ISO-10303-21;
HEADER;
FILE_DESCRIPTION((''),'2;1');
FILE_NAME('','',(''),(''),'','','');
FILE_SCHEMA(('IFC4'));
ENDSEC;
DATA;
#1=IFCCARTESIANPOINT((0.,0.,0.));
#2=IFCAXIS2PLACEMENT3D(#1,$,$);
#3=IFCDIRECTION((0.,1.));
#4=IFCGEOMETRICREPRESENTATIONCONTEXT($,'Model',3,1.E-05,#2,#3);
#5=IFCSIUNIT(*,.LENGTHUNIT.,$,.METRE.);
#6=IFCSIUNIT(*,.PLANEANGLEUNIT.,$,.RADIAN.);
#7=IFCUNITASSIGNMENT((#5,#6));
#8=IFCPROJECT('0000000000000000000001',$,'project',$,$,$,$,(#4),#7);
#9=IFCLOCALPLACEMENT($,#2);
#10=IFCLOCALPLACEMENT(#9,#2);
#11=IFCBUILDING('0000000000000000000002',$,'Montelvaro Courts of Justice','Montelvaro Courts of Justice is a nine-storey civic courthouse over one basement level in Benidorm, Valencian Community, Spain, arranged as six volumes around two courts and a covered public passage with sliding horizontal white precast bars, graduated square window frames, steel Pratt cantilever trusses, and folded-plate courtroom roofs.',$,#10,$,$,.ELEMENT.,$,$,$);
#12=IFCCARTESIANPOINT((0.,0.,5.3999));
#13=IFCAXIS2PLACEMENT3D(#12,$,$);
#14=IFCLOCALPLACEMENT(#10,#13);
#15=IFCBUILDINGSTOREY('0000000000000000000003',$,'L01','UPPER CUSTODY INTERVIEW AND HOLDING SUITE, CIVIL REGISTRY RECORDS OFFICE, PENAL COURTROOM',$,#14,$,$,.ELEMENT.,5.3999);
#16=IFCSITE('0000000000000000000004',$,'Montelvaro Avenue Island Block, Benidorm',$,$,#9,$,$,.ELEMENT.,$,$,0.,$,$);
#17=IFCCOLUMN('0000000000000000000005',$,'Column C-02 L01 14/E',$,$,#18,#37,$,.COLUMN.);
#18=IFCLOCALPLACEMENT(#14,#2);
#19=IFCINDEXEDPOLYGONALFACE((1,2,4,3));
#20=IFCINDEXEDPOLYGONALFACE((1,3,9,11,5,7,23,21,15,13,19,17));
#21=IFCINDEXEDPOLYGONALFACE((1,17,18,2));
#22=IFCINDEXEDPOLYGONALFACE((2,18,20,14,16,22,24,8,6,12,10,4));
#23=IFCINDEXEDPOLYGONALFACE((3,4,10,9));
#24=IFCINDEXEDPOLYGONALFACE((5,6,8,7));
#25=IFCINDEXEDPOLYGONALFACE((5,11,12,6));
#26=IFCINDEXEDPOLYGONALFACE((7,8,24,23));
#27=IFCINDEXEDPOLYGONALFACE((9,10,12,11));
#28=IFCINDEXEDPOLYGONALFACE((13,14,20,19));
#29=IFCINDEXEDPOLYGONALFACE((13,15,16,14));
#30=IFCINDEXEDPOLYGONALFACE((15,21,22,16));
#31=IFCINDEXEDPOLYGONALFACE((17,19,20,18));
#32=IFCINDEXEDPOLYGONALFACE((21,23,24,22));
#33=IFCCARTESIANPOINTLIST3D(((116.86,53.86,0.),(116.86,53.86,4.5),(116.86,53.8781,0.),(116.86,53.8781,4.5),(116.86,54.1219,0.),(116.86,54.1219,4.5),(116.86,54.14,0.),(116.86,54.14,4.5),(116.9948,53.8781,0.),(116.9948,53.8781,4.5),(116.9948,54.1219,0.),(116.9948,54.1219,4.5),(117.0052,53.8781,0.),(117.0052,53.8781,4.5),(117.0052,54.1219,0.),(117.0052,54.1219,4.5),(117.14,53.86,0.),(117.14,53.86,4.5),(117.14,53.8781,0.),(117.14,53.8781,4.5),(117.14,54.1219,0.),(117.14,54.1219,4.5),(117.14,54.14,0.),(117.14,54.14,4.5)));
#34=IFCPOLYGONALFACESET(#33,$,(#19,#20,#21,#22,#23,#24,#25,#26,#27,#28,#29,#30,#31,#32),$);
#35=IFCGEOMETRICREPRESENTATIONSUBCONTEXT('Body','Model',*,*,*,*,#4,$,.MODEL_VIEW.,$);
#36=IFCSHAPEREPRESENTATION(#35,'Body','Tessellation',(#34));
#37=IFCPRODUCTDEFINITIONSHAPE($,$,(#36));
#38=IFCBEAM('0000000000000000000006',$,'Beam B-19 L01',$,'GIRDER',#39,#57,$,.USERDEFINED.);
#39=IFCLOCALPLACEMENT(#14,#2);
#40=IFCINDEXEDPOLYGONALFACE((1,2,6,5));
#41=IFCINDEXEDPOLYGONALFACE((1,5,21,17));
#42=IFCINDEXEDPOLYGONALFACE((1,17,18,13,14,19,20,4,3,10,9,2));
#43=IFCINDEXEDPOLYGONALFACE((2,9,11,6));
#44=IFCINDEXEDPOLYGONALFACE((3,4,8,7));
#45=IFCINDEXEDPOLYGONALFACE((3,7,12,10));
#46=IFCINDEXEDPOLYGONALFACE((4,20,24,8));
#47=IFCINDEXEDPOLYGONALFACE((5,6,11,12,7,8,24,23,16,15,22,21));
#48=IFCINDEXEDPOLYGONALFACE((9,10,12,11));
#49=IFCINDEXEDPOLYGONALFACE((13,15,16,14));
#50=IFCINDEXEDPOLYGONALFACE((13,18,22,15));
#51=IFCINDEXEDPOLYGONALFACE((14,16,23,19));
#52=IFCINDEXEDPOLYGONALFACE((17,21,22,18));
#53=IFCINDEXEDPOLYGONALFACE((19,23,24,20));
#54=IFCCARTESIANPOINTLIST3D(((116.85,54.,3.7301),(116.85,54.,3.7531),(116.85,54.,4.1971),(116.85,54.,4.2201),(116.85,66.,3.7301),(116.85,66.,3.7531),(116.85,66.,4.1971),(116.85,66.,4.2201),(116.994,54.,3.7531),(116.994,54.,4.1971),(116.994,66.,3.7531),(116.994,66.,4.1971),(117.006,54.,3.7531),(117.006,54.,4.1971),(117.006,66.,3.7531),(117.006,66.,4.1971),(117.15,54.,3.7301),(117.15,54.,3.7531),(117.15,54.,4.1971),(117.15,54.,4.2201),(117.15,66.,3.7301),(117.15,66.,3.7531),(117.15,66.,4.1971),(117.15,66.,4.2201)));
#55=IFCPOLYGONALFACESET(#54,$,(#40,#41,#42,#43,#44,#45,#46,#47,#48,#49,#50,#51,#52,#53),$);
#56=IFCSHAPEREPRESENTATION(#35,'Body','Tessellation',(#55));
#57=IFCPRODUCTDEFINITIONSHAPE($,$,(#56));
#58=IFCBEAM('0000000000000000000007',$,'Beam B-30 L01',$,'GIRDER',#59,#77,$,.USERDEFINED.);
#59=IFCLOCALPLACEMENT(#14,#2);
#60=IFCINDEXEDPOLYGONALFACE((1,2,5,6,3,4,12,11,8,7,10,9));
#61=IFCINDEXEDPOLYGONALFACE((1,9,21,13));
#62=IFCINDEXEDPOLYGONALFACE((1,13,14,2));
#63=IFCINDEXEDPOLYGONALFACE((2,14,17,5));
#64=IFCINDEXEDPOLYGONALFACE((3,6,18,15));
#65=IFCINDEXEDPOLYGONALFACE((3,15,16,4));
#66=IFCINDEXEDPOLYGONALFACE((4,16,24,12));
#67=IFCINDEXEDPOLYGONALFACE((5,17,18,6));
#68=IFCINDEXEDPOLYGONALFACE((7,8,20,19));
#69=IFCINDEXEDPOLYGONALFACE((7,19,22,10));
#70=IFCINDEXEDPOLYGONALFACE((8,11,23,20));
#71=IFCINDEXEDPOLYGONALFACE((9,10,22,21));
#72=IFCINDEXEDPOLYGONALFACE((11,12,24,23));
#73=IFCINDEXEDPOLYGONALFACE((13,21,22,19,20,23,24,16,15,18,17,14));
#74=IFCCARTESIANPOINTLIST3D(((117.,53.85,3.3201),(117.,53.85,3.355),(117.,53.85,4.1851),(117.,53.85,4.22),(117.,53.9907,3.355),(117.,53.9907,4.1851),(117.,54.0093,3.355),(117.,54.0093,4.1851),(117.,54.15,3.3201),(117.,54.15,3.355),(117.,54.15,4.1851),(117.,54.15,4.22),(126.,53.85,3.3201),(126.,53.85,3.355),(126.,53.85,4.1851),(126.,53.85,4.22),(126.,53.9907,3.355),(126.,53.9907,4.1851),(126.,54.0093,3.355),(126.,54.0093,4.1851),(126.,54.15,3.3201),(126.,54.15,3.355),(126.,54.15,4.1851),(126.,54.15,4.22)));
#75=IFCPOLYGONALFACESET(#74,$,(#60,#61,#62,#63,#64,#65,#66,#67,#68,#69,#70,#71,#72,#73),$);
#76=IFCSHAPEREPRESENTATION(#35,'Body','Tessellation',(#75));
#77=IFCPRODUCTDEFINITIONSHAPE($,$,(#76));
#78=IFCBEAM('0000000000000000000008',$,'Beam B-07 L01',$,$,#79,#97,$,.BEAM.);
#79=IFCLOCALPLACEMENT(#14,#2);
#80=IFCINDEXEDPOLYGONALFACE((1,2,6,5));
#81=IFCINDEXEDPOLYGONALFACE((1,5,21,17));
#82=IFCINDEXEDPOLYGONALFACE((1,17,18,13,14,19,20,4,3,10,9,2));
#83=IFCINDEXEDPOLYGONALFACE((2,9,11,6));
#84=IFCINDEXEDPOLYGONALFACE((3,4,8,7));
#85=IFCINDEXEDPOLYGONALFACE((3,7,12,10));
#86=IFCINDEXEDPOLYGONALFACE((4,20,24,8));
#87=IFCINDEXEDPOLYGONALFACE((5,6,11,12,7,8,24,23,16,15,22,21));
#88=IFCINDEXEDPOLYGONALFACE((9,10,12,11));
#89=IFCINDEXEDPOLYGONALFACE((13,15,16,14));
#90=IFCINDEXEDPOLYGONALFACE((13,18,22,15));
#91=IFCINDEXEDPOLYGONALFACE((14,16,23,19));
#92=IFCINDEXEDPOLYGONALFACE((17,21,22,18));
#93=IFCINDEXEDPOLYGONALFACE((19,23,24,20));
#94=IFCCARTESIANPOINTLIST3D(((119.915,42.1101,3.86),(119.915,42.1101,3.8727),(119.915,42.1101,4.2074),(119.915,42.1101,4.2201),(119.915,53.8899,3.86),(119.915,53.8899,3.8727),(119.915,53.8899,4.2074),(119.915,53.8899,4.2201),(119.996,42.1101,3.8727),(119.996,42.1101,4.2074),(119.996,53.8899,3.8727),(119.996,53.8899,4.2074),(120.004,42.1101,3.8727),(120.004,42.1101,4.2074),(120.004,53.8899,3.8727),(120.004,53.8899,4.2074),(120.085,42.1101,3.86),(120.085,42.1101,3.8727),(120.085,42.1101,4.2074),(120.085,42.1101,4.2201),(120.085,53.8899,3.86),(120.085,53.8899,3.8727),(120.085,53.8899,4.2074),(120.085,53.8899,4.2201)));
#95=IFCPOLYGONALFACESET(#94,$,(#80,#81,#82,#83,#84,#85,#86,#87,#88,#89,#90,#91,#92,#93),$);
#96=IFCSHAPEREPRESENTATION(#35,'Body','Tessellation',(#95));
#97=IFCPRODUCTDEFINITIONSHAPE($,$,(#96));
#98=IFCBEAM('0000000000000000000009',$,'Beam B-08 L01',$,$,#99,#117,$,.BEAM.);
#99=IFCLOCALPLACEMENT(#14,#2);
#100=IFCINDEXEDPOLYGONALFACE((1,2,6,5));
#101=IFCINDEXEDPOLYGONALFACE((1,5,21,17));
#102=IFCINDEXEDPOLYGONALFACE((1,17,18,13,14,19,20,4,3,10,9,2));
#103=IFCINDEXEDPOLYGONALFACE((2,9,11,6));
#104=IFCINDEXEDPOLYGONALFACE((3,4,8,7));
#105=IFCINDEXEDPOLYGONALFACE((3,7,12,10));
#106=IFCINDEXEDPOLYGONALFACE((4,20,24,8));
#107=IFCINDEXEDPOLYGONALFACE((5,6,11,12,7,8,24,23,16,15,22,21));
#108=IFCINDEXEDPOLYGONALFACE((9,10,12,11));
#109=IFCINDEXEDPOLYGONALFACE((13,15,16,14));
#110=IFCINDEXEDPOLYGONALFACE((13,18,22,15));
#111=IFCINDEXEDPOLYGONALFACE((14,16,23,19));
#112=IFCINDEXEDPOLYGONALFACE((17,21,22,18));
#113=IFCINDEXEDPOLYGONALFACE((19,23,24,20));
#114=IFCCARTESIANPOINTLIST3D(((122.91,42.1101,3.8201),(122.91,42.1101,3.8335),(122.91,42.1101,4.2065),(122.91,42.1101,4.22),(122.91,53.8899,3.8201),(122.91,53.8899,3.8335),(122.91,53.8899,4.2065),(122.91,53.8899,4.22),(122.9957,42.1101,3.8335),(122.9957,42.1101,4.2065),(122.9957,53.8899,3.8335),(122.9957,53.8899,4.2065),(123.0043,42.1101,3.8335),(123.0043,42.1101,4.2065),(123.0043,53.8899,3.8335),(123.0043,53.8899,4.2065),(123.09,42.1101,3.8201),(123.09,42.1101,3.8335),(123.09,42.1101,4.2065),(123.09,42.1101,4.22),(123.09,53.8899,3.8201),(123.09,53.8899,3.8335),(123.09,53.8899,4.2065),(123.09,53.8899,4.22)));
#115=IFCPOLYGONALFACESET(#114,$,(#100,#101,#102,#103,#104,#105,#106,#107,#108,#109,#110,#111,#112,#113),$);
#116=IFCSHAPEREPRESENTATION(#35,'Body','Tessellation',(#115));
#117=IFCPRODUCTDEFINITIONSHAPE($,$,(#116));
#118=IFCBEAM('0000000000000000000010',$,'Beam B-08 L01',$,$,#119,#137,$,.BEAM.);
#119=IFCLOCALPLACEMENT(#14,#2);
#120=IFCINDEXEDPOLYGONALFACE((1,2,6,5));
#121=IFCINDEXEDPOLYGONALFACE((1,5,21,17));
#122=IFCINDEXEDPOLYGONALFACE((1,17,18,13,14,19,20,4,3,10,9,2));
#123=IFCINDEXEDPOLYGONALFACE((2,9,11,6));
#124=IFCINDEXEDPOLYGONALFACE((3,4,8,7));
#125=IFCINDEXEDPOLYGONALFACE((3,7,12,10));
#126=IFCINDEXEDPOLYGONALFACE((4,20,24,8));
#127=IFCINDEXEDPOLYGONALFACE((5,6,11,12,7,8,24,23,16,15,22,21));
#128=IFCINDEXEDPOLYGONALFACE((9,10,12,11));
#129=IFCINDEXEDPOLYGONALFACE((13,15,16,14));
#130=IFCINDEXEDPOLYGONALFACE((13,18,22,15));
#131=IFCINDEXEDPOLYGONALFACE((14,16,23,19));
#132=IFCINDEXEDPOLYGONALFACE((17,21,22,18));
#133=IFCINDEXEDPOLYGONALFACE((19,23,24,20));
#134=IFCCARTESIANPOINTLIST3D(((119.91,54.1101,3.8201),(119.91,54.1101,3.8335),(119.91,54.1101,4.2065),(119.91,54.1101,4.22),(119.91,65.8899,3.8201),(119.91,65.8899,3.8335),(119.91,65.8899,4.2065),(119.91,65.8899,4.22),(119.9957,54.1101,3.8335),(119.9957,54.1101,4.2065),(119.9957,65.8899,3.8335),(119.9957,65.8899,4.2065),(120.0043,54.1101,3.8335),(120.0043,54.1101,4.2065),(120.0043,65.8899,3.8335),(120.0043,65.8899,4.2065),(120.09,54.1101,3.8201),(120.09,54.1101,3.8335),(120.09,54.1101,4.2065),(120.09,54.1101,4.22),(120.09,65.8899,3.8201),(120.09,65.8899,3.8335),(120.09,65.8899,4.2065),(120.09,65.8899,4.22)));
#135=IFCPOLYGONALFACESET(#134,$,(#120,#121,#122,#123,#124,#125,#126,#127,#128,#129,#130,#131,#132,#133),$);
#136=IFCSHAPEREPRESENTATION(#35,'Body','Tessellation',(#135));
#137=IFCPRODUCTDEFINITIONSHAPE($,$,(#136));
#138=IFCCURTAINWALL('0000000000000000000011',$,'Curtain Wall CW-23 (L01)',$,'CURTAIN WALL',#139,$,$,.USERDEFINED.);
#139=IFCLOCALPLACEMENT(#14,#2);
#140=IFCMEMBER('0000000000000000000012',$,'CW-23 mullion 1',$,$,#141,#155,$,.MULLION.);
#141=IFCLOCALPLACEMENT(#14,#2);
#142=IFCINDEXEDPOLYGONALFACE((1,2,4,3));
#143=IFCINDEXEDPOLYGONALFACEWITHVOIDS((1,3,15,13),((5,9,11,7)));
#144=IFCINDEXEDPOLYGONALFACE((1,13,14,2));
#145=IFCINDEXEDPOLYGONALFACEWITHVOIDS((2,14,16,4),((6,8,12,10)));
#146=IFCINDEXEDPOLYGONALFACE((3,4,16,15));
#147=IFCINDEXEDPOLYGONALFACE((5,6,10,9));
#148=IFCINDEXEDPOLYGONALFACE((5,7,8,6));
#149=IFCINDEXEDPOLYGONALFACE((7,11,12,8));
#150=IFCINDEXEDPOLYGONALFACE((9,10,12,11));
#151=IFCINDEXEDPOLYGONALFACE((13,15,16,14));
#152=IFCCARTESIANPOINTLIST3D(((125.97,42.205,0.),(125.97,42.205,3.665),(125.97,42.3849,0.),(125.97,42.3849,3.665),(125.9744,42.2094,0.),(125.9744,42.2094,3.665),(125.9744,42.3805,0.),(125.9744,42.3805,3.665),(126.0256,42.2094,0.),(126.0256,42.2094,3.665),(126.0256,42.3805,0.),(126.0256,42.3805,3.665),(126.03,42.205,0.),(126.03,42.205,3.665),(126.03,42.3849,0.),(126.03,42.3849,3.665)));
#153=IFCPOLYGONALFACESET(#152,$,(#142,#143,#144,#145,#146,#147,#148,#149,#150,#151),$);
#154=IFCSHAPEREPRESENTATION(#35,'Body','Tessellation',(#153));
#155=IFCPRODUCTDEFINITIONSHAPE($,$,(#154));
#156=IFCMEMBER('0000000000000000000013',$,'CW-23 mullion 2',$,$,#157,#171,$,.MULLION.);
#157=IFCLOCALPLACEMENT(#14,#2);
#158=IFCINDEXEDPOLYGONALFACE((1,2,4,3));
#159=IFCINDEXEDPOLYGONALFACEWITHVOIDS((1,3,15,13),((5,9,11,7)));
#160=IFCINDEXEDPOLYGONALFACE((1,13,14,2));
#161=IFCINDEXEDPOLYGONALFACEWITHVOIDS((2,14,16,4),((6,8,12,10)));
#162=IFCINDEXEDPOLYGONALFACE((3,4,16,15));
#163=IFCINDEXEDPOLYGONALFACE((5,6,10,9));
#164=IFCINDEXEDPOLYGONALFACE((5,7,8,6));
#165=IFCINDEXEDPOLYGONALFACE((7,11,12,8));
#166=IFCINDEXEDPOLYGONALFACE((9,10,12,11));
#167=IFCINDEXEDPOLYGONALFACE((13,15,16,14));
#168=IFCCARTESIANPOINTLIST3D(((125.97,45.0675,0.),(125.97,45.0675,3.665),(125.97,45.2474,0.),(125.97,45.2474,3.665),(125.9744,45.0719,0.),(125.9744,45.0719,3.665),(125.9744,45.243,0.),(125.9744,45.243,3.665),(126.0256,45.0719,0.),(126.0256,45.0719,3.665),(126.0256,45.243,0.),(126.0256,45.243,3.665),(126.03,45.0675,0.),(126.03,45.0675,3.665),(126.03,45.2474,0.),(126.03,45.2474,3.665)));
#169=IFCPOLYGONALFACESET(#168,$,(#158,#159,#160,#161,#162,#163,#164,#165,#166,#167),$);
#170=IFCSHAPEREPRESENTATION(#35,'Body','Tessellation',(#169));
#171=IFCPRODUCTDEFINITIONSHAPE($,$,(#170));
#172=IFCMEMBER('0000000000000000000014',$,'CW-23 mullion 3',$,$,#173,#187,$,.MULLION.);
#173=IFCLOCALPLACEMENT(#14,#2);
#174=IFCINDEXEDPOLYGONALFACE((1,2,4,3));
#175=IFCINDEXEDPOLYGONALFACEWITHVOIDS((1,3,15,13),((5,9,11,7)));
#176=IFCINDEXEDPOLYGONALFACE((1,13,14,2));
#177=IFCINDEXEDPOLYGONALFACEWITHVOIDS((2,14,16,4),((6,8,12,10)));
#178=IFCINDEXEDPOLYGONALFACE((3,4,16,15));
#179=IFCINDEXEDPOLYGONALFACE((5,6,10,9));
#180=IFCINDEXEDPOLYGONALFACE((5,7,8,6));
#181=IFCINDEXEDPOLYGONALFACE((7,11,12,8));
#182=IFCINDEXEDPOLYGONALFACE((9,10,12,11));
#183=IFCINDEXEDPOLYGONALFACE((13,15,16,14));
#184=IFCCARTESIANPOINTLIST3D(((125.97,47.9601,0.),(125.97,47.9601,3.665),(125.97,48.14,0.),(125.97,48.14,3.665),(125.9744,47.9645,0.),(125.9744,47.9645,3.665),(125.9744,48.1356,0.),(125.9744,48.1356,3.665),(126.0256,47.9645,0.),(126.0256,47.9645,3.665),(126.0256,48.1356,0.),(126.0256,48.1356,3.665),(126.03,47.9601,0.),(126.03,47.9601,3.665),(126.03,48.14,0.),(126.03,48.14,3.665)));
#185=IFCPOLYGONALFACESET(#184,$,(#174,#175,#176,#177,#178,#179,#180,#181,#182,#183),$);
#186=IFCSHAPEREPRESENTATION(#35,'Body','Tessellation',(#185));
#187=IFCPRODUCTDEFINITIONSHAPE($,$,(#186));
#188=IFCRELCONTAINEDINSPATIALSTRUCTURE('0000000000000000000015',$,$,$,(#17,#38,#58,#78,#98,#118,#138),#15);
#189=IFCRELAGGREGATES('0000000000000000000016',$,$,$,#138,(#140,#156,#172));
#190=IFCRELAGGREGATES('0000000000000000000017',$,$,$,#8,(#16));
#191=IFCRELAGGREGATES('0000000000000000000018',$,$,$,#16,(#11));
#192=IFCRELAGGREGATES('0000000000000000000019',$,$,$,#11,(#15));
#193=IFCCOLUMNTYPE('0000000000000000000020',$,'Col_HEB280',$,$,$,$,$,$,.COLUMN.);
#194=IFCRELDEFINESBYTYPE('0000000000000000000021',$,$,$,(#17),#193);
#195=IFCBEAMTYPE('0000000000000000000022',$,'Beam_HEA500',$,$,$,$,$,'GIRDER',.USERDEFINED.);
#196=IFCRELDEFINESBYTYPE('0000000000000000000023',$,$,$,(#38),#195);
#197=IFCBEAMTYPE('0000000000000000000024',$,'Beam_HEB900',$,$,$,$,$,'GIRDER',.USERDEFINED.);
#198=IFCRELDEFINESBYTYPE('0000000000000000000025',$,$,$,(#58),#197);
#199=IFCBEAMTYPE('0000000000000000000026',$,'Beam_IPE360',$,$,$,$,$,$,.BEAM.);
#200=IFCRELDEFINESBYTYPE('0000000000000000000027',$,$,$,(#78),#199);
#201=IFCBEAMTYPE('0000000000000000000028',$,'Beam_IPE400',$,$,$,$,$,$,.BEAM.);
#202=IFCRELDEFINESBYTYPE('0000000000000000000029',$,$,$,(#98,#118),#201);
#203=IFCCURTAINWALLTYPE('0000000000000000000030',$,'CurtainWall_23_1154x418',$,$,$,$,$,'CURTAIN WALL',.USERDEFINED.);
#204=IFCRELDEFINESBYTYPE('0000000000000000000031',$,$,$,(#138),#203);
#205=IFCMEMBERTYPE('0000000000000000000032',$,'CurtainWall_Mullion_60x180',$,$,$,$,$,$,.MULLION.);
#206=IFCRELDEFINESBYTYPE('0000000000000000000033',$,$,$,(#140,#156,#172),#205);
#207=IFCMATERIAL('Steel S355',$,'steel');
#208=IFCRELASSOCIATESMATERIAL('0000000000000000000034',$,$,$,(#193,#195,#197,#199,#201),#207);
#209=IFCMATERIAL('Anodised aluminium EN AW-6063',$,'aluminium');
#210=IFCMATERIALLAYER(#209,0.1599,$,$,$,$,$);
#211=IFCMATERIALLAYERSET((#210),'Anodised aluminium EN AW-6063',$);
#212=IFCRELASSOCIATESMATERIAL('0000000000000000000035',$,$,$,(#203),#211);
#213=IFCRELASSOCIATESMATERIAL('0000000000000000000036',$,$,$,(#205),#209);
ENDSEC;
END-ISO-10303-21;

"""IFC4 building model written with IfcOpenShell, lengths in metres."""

from ifc_helpers import new_model, si_unit, direction, frame, origin, origin_2d, place, context, subcontext, project, spatial, hollow_rectangle, i_section, extrude, material, layer, layer_set, material_profile, profile_set, type_object, element, aggregate, save


model = new_model("IFC4")

# Units and contexts
model_context = context("Model", 3, precision=1e-05, world=origin(), true_north=direction((0.0, 1.0)))
body_context = subcontext(model_context, "Body", "Model", "MODEL_VIEW")
ifc_project = project(units=[si_unit("LENGTHUNIT", "METRE"), si_unit("PLANEANGLEUNIT", "RADIAN")], contexts=[model_context])

# Site, building, storey
site_placement = place(None, origin())
site = spatial("IfcSite", under=ifc_project, at=site_placement, Name="Montelvaro Avenue Island Block, Benidorm", CompositionType="ELEMENT", RefElevation=0.0)
building_placement = place(site_placement, origin())
building = spatial("IfcBuilding", under=site, at=building_placement, Name="Montelvaro Courts of Justice", Description="Montelvaro Courts of Justice is a nine-storey civic courthouse over one basement level in Benidorm, Valencian Community, Spain, arranged as six volumes around two courts and a covered public passage with sliding horizontal white precast bars, graduated square window frames, steel Pratt cantilever trusses, and folded-plate courtroom roofs.", CompositionType="ELEMENT")
storey_placement = place(building_placement, frame((0.0, 0.0, 5.3999)))
storey = spatial("IfcBuildingStorey", under=building, at=storey_placement, Name="L01", Description="UPPER CUSTODY INTERVIEW AND HOLDING SUITE, CIVIL REGISTRY RECORDS OFFICE, PENAL COURTROOM", CompositionType="ELEMENT", Elevation=5.3999)

# Column
ifc_material_1 = material(Name="Steel S355", Category="steel")
ifc_material_profile_1 = material_profile(ifc_material_1, i_section(OverallWidth=0.28, OverallDepth=0.28, WebThickness=0.0105, FlangeThickness=0.0181, at=origin_2d()), Name="HEB 280")
ifc_profile_set_1 = profile_set([ifc_material_profile_1], Name="Steel S355")
column_type = type_object("IfcColumnType", Name="Col_HEB280", PredefinedType="COLUMN", material=ifc_profile_set_1)
column_placement = place(storey_placement, frame((117.0, 54.0, 0.0), z_axis=(0.0, 0.0, 1.0), x_axis=(1.0, 0.0, 0.0)))
element("IfcColumn", 1, at=column_placement, inside=storey, type_object=column_type, Name="Column C-02 L01 14/E", PredefinedType="COLUMN", context=body_context, shape_type="SweptSolid", body=[
    extrude(i_section(OverallWidth=0.28, OverallDepth=0.28, WebThickness=0.0105, FlangeThickness=0.0181, at=origin_2d()), origin(), (0.0, 0.0, 1.0), 4.5),
])

# Beams
ifc_material_profile_2 = material_profile(ifc_material_1, i_section(OverallWidth=0.3, OverallDepth=0.49, WebThickness=0.012, FlangeThickness=0.0229, at=origin_2d()), Name="HEA 500")
ifc_profile_set_2 = profile_set([ifc_material_profile_2], Name="Steel S355")
beam_type_1 = type_object("IfcBeamType", Name="Beam_HEA500", ElementType="GIRDER", PredefinedType="USERDEFINED", material=ifc_profile_set_2)
beam_1_placement = place(storey_placement, frame((117.0, 54.0, 3.9751), z_axis=(0.0, 1.0, 0.0), x_axis=(-1.0, 0.0, 0.0)))
element("IfcBeam", 2, at=beam_1_placement, inside=storey, type_object=beam_type_1, Name="Beam B-19 L01", ObjectType="GIRDER", PredefinedType="USERDEFINED", context=body_context, shape_type="SweptSolid", body=[
    extrude(i_section(OverallWidth=0.3, OverallDepth=0.49, WebThickness=0.012, FlangeThickness=0.0229, at=origin_2d()), origin(), (0.0, 0.0, 1.0), 12.0),
])
ifc_material_profile_3 = material_profile(ifc_material_1, i_section(OverallWidth=0.3, OverallDepth=0.8999, WebThickness=0.0186, FlangeThickness=0.0349, at=origin_2d()), Name="HEB 900")
ifc_profile_set_3 = profile_set([ifc_material_profile_3], Name="Steel S355")
beam_type_2 = type_object("IfcBeamType", Name="Beam_HEB900", ElementType="GIRDER", PredefinedType="USERDEFINED", material=ifc_profile_set_3)
beam_2_placement = place(storey_placement, frame((117.0, 54.0, 3.77), z_axis=(1.0, 0.0, 0.0), x_axis=(0.0, 1.0, 0.0)))
element("IfcBeam", 3, at=beam_2_placement, inside=storey, type_object=beam_type_2, Name="Beam B-30 L01", ObjectType="GIRDER", PredefinedType="USERDEFINED", context=body_context, shape_type="SweptSolid", body=[
    extrude(i_section(OverallWidth=0.3, OverallDepth=0.8999, WebThickness=0.0186, FlangeThickness=0.0349, at=origin_2d()), origin(), (0.0, 0.0, 1.0), 9.0),
])
ifc_material_profile_4 = material_profile(ifc_material_1, i_section(OverallWidth=0.1699, OverallDepth=0.3601, WebThickness=0.0081, FlangeThickness=0.0127, at=origin_2d()), Name="IPE 360")
ifc_profile_set_4 = profile_set([ifc_material_profile_4], Name="Steel S355")
beam_type_3 = type_object("IfcBeamType", Name="Beam_IPE360", PredefinedType="BEAM", material=ifc_profile_set_4)
beam_3_placement = place(storey_placement, frame((120.0, 42.1101, 4.04), z_axis=(0.0, 1.0, 0.0), x_axis=(-1.0, 0.0, 0.0)))
element("IfcBeam", 4, at=beam_3_placement, inside=storey, type_object=beam_type_3, Name="Beam B-07 L01", PredefinedType="BEAM", context=body_context, shape_type="SweptSolid", body=[
    extrude(i_section(OverallWidth=0.1699, OverallDepth=0.3601, WebThickness=0.0081, FlangeThickness=0.0127, at=origin_2d()), origin(), (0.0, 0.0, 1.0), 11.7798),
])
ifc_material_profile_5 = material_profile(ifc_material_1, i_section(OverallWidth=0.1799, OverallDepth=0.3999, WebThickness=0.0085, FlangeThickness=0.0134, at=origin_2d()), Name="IPE 400")
ifc_profile_set_5 = profile_set([ifc_material_profile_5], Name="Steel S355")
beam_type_4 = type_object("IfcBeamType", Name="Beam_IPE400", PredefinedType="BEAM", material=ifc_profile_set_5)
for number, where, z_axis, x_axis, name in (
    (5, (123.0, 42.1101, 4.02), (0.0, 1.0, 0.0), (-1.0, 0.0, 0.0), "Beam B-08 L01"),
    (6, (120.0, 54.1101, 4.02), (0.0, 1.0, 0.0), (-1.0, 0.0, 0.0), "Beam B-08 L01"),
):
    element("IfcBeam", number, at=place(storey_placement, frame(where, z_axis=z_axis, x_axis=x_axis)), inside=storey, type_object=beam_type_4, Name=name, PredefinedType="BEAM", context=body_context, shape_type="SweptSolid", body=[
        extrude(i_section(OverallWidth=0.1799, OverallDepth=0.3999, WebThickness=0.0085, FlangeThickness=0.0134, at=origin_2d()), origin(), (0.0, 0.0, 1.0), 11.7798),
    ])

# Curtain wall, members
ifc_material_2 = material(Name="Anodised aluminium EN AW-6063", Category="aluminium")
ifc_layer_1 = layer(ifc_material_2, 0.1599)
ifc_layer_set_1 = layer_set([ifc_layer_1], Name="Anodised aluminium EN AW-6063")
curtain_wall_type = type_object("IfcCurtainWallType", Name="CurtainWall_23_1154x418", ElementType="CURTAIN WALL", PredefinedType="USERDEFINED", material=ifc_layer_set_1)
curtain_wall_placement = place(storey_placement, origin())
curtain_wall = element("IfcCurtainWall", 7, at=curtain_wall_placement, inside=storey, type_object=curtain_wall_type, Name="Curtain Wall CW-23 (L01)", ObjectType="CURTAIN WALL", PredefinedType="USERDEFINED")
ifc_material_profile_6 = material_profile(ifc_material_2, hollow_rectangle(XDim=0.0601, YDim=0.1799, WallThickness=0.0044, at=origin_2d()), Name="ALU-M 60x180")
ifc_profile_set_6 = profile_set([ifc_material_profile_6], Name="Anodised aluminium EN AW-6063")
member_type_1 = type_object("IfcMemberType", Name="CurtainWall_Mullion_60x180", PredefinedType="MULLION", material=ifc_profile_set_6)
member_1_placement = place(storey_placement, frame((126.0, 42.2949, 0.0), z_axis=(0.0, 0.0, 1.0), x_axis=(-1.0, 0.0, 0.0)))
member_1 = element("IfcMember", 8, at=member_1_placement, type_object=member_type_1, Name="CW-23 mullion 1", PredefinedType="MULLION", context=body_context, shape_type="SweptSolid", body=[
    extrude(hollow_rectangle(XDim=0.0601, YDim=0.1799, WallThickness=0.0044, at=origin_2d()), origin(), (0.0, 0.0, 1.0), 3.665),
])
member_2_placement = place(storey_placement, frame((126.0, 45.1575, 0.0), z_axis=(0.0, 0.0, 1.0), x_axis=(-1.0, 0.0, 0.0)))
member_2 = element("IfcMember", 9, at=member_2_placement, type_object=member_type_1, Name="CW-23 mullion 2", PredefinedType="MULLION", context=body_context, shape_type="SweptSolid", body=[
    extrude(hollow_rectangle(XDim=0.0601, YDim=0.1799, WallThickness=0.0044, at=origin_2d()), origin(), (0.0, 0.0, 1.0), 3.665),
])
member_3_placement = place(storey_placement, frame((126.0, 48.05, 0.0), z_axis=(0.0, 0.0, 1.0), x_axis=(-1.0, 0.0, 0.0)))
member_3 = element("IfcMember", 10, at=member_3_placement, type_object=member_type_1, Name="CW-23 mullion 3", PredefinedType="MULLION", context=body_context, shape_type="SweptSolid", body=[
    extrude(hollow_rectangle(XDim=0.0601, YDim=0.1799, WallThickness=0.0044, at=origin_2d()), origin(), (0.0, 0.0, 1.0), 3.665),
])

aggregate(curtain_wall, [member_1, member_2, member_3])

save(model, "model.ifc")
